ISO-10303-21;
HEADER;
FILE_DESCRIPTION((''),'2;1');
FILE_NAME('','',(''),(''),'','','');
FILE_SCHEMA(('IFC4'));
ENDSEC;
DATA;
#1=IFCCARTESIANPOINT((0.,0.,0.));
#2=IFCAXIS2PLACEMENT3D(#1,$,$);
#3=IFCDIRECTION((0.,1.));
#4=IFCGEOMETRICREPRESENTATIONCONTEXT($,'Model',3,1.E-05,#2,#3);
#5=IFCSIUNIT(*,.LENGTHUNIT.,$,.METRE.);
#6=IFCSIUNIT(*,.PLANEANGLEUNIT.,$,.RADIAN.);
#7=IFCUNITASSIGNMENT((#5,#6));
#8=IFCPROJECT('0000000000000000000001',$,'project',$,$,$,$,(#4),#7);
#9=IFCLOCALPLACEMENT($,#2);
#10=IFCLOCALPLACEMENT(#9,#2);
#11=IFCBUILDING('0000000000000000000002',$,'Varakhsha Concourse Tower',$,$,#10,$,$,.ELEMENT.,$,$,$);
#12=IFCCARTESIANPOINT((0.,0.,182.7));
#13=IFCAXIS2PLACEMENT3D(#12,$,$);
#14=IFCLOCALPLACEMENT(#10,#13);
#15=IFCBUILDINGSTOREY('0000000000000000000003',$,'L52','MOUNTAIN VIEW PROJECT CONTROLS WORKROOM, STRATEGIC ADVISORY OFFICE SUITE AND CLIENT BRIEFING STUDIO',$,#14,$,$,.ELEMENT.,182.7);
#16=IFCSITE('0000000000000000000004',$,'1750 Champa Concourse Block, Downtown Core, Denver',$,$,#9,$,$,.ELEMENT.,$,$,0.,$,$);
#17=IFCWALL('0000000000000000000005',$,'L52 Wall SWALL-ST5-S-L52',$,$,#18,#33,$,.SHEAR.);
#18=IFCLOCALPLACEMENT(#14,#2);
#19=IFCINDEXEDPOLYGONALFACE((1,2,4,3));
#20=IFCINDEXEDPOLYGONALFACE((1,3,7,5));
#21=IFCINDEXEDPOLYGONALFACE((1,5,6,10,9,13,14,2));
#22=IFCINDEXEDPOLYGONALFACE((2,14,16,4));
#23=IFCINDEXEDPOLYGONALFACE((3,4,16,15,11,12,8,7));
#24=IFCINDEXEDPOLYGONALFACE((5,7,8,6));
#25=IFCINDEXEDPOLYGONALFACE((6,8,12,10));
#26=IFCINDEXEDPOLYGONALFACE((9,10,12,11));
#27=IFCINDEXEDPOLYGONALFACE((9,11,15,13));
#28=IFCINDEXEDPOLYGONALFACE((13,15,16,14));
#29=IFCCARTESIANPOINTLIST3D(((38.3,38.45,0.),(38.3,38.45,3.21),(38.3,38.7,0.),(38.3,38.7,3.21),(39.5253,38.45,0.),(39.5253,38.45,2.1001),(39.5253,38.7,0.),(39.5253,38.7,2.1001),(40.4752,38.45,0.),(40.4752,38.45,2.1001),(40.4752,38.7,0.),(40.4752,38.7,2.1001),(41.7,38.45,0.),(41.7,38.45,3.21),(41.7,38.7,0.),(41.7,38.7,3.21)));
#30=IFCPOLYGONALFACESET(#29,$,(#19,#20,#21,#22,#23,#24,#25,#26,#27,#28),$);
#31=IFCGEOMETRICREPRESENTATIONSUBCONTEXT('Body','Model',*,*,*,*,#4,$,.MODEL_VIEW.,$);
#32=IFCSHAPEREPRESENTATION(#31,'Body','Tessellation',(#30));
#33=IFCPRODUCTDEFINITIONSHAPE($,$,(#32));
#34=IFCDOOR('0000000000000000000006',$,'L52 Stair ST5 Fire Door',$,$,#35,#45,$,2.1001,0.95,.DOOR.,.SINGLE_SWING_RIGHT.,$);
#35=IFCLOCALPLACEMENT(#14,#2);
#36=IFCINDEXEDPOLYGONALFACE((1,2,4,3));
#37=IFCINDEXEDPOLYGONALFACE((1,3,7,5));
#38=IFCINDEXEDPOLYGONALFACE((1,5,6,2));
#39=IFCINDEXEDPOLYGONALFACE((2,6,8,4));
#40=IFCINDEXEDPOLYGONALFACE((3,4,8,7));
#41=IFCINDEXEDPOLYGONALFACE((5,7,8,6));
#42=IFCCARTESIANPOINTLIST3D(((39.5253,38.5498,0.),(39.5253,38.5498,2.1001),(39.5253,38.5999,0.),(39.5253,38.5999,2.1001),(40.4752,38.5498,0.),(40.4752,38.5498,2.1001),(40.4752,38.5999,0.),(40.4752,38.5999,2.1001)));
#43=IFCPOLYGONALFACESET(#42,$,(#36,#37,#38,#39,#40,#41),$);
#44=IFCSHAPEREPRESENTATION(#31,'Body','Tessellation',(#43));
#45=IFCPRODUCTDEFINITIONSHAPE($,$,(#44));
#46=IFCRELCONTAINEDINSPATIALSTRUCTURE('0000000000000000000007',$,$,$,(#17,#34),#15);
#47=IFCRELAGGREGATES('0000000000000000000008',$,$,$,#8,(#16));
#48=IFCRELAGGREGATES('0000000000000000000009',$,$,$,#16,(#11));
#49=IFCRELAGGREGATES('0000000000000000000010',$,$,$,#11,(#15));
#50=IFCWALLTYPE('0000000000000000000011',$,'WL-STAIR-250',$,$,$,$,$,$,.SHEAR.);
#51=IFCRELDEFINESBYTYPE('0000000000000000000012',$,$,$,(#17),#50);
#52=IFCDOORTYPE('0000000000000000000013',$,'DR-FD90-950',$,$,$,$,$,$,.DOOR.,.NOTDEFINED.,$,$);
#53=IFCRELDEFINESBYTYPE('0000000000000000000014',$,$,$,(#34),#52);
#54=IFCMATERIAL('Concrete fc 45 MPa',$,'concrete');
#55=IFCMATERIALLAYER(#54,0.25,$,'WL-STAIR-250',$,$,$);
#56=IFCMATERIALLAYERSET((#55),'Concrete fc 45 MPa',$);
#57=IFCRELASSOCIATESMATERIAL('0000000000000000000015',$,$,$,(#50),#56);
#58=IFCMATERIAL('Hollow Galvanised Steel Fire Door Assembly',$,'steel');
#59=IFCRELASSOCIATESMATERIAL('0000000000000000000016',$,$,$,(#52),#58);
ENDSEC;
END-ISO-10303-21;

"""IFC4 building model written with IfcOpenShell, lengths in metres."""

from ifc_helpers import new_model, si_unit, direction, frame, frame_2d, origin, place, context, subcontext, project, spatial, rectangle, extrude, material, layer, layer_set, type_object, element, fill, save


model = new_model("IFC4")

# Units and contexts
model_context = context("Model", 3, precision=1e-05, world=origin(), true_north=direction((0.0, 1.0)))
body_context = subcontext(model_context, "Body", "Model", "MODEL_VIEW")
ifc_project = project(units=[si_unit("LENGTHUNIT", "METRE"), si_unit("PLANEANGLEUNIT", "RADIAN")], contexts=[model_context])

# Site, building, storey
site_placement = place(None, origin())
site = spatial("IfcSite", under=ifc_project, at=site_placement, Name="1750 Champa Concourse Block, Downtown Core, Denver", CompositionType="ELEMENT", RefElevation=0.0)
building_placement = place(site_placement, origin())
building = spatial("IfcBuilding", under=site, at=building_placement, Name="Varakhsha Concourse Tower", CompositionType="ELEMENT")
storey_placement = place(building_placement, frame((0.0, 0.0, 182.7)))
storey = spatial("IfcBuildingStorey", under=building, at=storey_placement, Name="L52", Description="MOUNTAIN VIEW PROJECT CONTROLS WORKROOM, STRATEGIC ADVISORY OFFICE SUITE AND CLIENT BRIEFING STUDIO", CompositionType="ELEMENT", Elevation=182.7)

# Shared definitions
ifc_material_1 = material(Name="Concrete fc 45 MPa", Category="concrete")
ifc_layer_1 = layer(ifc_material_1, 0.25, Name="WL-STAIR-250")
ifc_layer_set_1 = layer_set([ifc_layer_1], Name="Concrete fc 45 MPa")
wall_type_1 = type_object("IfcWallType", Name="WL-STAIR-250", PredefinedType="SHEAR", material=ifc_layer_set_1)

# Wall, opening, door
wall_1_placement = place(storey_placement, frame((38.3, 38.575, 0.0), z_axis=(0.0, 0.0, 1.0), x_axis=(1.0, 0.0, 0.0)))
wall_1 = element("IfcWall", 1, at=wall_1_placement, inside=storey, type_object=wall_type_1, Name="L52 Wall SWALL-ST5-S-L52", PredefinedType="SHEAR", context=body_context, shape_type="SweptSolid", body=[
    extrude(rectangle(XDim=3.3999, YDim=0.25, at=frame_2d((1.7, 0.0))), origin(), (0.0, 0.0, 1.0), 3.21),
])
opening_placement = place(wall_1_placement, frame((1.2251, 0.0, 0.0)))
opening = element("IfcOpeningElement", 2, at=opening_placement, cuts=wall_1, PredefinedType="OPENING", context=body_context, shape_type="SweptSolid", body=[
    extrude(rectangle(XDim=0.95, YDim=2.1001, at=frame_2d((0.4751, 1.05))), frame((0.0, 0.135, 0.0), z_axis=(0.0, -1.0, 0.0), x_axis=(1.0, 0.0, 0.0)), (0.0, 0.0, 1.0), 0.27),
])
ifc_material_2 = material(Name="Hollow Galvanised Steel Fire Door Assembly", Category="steel")
door_type = type_object("IfcDoorType", Name="DR-FD90-950", OperationType="NOTDEFINED", PredefinedType="DOOR", material=ifc_material_2)
door_placement = place(opening_placement, origin())
door = element("IfcDoor", 3, at=door_placement, inside=storey, type_object=door_type, Name="L52 Stair ST5 Fire Door", OperationType="SINGLE_SWING_RIGHT", OverallHeight=2.1001, OverallWidth=0.95, PredefinedType="DOOR", context=body_context, shape_type="SweptSolid", body=[
    extrude(rectangle(XDim=0.95, YDim=2.1001, at=frame_2d((0.4751, 1.05))), frame((0.0, 0.0249, 0.0), z_axis=(0.0, -1.0, 0.0), x_axis=(1.0, 0.0, 0.0)), (0.0, 0.0, 1.0), 0.05),
])
fill(opening, door)

save(model, "model.ifc")
